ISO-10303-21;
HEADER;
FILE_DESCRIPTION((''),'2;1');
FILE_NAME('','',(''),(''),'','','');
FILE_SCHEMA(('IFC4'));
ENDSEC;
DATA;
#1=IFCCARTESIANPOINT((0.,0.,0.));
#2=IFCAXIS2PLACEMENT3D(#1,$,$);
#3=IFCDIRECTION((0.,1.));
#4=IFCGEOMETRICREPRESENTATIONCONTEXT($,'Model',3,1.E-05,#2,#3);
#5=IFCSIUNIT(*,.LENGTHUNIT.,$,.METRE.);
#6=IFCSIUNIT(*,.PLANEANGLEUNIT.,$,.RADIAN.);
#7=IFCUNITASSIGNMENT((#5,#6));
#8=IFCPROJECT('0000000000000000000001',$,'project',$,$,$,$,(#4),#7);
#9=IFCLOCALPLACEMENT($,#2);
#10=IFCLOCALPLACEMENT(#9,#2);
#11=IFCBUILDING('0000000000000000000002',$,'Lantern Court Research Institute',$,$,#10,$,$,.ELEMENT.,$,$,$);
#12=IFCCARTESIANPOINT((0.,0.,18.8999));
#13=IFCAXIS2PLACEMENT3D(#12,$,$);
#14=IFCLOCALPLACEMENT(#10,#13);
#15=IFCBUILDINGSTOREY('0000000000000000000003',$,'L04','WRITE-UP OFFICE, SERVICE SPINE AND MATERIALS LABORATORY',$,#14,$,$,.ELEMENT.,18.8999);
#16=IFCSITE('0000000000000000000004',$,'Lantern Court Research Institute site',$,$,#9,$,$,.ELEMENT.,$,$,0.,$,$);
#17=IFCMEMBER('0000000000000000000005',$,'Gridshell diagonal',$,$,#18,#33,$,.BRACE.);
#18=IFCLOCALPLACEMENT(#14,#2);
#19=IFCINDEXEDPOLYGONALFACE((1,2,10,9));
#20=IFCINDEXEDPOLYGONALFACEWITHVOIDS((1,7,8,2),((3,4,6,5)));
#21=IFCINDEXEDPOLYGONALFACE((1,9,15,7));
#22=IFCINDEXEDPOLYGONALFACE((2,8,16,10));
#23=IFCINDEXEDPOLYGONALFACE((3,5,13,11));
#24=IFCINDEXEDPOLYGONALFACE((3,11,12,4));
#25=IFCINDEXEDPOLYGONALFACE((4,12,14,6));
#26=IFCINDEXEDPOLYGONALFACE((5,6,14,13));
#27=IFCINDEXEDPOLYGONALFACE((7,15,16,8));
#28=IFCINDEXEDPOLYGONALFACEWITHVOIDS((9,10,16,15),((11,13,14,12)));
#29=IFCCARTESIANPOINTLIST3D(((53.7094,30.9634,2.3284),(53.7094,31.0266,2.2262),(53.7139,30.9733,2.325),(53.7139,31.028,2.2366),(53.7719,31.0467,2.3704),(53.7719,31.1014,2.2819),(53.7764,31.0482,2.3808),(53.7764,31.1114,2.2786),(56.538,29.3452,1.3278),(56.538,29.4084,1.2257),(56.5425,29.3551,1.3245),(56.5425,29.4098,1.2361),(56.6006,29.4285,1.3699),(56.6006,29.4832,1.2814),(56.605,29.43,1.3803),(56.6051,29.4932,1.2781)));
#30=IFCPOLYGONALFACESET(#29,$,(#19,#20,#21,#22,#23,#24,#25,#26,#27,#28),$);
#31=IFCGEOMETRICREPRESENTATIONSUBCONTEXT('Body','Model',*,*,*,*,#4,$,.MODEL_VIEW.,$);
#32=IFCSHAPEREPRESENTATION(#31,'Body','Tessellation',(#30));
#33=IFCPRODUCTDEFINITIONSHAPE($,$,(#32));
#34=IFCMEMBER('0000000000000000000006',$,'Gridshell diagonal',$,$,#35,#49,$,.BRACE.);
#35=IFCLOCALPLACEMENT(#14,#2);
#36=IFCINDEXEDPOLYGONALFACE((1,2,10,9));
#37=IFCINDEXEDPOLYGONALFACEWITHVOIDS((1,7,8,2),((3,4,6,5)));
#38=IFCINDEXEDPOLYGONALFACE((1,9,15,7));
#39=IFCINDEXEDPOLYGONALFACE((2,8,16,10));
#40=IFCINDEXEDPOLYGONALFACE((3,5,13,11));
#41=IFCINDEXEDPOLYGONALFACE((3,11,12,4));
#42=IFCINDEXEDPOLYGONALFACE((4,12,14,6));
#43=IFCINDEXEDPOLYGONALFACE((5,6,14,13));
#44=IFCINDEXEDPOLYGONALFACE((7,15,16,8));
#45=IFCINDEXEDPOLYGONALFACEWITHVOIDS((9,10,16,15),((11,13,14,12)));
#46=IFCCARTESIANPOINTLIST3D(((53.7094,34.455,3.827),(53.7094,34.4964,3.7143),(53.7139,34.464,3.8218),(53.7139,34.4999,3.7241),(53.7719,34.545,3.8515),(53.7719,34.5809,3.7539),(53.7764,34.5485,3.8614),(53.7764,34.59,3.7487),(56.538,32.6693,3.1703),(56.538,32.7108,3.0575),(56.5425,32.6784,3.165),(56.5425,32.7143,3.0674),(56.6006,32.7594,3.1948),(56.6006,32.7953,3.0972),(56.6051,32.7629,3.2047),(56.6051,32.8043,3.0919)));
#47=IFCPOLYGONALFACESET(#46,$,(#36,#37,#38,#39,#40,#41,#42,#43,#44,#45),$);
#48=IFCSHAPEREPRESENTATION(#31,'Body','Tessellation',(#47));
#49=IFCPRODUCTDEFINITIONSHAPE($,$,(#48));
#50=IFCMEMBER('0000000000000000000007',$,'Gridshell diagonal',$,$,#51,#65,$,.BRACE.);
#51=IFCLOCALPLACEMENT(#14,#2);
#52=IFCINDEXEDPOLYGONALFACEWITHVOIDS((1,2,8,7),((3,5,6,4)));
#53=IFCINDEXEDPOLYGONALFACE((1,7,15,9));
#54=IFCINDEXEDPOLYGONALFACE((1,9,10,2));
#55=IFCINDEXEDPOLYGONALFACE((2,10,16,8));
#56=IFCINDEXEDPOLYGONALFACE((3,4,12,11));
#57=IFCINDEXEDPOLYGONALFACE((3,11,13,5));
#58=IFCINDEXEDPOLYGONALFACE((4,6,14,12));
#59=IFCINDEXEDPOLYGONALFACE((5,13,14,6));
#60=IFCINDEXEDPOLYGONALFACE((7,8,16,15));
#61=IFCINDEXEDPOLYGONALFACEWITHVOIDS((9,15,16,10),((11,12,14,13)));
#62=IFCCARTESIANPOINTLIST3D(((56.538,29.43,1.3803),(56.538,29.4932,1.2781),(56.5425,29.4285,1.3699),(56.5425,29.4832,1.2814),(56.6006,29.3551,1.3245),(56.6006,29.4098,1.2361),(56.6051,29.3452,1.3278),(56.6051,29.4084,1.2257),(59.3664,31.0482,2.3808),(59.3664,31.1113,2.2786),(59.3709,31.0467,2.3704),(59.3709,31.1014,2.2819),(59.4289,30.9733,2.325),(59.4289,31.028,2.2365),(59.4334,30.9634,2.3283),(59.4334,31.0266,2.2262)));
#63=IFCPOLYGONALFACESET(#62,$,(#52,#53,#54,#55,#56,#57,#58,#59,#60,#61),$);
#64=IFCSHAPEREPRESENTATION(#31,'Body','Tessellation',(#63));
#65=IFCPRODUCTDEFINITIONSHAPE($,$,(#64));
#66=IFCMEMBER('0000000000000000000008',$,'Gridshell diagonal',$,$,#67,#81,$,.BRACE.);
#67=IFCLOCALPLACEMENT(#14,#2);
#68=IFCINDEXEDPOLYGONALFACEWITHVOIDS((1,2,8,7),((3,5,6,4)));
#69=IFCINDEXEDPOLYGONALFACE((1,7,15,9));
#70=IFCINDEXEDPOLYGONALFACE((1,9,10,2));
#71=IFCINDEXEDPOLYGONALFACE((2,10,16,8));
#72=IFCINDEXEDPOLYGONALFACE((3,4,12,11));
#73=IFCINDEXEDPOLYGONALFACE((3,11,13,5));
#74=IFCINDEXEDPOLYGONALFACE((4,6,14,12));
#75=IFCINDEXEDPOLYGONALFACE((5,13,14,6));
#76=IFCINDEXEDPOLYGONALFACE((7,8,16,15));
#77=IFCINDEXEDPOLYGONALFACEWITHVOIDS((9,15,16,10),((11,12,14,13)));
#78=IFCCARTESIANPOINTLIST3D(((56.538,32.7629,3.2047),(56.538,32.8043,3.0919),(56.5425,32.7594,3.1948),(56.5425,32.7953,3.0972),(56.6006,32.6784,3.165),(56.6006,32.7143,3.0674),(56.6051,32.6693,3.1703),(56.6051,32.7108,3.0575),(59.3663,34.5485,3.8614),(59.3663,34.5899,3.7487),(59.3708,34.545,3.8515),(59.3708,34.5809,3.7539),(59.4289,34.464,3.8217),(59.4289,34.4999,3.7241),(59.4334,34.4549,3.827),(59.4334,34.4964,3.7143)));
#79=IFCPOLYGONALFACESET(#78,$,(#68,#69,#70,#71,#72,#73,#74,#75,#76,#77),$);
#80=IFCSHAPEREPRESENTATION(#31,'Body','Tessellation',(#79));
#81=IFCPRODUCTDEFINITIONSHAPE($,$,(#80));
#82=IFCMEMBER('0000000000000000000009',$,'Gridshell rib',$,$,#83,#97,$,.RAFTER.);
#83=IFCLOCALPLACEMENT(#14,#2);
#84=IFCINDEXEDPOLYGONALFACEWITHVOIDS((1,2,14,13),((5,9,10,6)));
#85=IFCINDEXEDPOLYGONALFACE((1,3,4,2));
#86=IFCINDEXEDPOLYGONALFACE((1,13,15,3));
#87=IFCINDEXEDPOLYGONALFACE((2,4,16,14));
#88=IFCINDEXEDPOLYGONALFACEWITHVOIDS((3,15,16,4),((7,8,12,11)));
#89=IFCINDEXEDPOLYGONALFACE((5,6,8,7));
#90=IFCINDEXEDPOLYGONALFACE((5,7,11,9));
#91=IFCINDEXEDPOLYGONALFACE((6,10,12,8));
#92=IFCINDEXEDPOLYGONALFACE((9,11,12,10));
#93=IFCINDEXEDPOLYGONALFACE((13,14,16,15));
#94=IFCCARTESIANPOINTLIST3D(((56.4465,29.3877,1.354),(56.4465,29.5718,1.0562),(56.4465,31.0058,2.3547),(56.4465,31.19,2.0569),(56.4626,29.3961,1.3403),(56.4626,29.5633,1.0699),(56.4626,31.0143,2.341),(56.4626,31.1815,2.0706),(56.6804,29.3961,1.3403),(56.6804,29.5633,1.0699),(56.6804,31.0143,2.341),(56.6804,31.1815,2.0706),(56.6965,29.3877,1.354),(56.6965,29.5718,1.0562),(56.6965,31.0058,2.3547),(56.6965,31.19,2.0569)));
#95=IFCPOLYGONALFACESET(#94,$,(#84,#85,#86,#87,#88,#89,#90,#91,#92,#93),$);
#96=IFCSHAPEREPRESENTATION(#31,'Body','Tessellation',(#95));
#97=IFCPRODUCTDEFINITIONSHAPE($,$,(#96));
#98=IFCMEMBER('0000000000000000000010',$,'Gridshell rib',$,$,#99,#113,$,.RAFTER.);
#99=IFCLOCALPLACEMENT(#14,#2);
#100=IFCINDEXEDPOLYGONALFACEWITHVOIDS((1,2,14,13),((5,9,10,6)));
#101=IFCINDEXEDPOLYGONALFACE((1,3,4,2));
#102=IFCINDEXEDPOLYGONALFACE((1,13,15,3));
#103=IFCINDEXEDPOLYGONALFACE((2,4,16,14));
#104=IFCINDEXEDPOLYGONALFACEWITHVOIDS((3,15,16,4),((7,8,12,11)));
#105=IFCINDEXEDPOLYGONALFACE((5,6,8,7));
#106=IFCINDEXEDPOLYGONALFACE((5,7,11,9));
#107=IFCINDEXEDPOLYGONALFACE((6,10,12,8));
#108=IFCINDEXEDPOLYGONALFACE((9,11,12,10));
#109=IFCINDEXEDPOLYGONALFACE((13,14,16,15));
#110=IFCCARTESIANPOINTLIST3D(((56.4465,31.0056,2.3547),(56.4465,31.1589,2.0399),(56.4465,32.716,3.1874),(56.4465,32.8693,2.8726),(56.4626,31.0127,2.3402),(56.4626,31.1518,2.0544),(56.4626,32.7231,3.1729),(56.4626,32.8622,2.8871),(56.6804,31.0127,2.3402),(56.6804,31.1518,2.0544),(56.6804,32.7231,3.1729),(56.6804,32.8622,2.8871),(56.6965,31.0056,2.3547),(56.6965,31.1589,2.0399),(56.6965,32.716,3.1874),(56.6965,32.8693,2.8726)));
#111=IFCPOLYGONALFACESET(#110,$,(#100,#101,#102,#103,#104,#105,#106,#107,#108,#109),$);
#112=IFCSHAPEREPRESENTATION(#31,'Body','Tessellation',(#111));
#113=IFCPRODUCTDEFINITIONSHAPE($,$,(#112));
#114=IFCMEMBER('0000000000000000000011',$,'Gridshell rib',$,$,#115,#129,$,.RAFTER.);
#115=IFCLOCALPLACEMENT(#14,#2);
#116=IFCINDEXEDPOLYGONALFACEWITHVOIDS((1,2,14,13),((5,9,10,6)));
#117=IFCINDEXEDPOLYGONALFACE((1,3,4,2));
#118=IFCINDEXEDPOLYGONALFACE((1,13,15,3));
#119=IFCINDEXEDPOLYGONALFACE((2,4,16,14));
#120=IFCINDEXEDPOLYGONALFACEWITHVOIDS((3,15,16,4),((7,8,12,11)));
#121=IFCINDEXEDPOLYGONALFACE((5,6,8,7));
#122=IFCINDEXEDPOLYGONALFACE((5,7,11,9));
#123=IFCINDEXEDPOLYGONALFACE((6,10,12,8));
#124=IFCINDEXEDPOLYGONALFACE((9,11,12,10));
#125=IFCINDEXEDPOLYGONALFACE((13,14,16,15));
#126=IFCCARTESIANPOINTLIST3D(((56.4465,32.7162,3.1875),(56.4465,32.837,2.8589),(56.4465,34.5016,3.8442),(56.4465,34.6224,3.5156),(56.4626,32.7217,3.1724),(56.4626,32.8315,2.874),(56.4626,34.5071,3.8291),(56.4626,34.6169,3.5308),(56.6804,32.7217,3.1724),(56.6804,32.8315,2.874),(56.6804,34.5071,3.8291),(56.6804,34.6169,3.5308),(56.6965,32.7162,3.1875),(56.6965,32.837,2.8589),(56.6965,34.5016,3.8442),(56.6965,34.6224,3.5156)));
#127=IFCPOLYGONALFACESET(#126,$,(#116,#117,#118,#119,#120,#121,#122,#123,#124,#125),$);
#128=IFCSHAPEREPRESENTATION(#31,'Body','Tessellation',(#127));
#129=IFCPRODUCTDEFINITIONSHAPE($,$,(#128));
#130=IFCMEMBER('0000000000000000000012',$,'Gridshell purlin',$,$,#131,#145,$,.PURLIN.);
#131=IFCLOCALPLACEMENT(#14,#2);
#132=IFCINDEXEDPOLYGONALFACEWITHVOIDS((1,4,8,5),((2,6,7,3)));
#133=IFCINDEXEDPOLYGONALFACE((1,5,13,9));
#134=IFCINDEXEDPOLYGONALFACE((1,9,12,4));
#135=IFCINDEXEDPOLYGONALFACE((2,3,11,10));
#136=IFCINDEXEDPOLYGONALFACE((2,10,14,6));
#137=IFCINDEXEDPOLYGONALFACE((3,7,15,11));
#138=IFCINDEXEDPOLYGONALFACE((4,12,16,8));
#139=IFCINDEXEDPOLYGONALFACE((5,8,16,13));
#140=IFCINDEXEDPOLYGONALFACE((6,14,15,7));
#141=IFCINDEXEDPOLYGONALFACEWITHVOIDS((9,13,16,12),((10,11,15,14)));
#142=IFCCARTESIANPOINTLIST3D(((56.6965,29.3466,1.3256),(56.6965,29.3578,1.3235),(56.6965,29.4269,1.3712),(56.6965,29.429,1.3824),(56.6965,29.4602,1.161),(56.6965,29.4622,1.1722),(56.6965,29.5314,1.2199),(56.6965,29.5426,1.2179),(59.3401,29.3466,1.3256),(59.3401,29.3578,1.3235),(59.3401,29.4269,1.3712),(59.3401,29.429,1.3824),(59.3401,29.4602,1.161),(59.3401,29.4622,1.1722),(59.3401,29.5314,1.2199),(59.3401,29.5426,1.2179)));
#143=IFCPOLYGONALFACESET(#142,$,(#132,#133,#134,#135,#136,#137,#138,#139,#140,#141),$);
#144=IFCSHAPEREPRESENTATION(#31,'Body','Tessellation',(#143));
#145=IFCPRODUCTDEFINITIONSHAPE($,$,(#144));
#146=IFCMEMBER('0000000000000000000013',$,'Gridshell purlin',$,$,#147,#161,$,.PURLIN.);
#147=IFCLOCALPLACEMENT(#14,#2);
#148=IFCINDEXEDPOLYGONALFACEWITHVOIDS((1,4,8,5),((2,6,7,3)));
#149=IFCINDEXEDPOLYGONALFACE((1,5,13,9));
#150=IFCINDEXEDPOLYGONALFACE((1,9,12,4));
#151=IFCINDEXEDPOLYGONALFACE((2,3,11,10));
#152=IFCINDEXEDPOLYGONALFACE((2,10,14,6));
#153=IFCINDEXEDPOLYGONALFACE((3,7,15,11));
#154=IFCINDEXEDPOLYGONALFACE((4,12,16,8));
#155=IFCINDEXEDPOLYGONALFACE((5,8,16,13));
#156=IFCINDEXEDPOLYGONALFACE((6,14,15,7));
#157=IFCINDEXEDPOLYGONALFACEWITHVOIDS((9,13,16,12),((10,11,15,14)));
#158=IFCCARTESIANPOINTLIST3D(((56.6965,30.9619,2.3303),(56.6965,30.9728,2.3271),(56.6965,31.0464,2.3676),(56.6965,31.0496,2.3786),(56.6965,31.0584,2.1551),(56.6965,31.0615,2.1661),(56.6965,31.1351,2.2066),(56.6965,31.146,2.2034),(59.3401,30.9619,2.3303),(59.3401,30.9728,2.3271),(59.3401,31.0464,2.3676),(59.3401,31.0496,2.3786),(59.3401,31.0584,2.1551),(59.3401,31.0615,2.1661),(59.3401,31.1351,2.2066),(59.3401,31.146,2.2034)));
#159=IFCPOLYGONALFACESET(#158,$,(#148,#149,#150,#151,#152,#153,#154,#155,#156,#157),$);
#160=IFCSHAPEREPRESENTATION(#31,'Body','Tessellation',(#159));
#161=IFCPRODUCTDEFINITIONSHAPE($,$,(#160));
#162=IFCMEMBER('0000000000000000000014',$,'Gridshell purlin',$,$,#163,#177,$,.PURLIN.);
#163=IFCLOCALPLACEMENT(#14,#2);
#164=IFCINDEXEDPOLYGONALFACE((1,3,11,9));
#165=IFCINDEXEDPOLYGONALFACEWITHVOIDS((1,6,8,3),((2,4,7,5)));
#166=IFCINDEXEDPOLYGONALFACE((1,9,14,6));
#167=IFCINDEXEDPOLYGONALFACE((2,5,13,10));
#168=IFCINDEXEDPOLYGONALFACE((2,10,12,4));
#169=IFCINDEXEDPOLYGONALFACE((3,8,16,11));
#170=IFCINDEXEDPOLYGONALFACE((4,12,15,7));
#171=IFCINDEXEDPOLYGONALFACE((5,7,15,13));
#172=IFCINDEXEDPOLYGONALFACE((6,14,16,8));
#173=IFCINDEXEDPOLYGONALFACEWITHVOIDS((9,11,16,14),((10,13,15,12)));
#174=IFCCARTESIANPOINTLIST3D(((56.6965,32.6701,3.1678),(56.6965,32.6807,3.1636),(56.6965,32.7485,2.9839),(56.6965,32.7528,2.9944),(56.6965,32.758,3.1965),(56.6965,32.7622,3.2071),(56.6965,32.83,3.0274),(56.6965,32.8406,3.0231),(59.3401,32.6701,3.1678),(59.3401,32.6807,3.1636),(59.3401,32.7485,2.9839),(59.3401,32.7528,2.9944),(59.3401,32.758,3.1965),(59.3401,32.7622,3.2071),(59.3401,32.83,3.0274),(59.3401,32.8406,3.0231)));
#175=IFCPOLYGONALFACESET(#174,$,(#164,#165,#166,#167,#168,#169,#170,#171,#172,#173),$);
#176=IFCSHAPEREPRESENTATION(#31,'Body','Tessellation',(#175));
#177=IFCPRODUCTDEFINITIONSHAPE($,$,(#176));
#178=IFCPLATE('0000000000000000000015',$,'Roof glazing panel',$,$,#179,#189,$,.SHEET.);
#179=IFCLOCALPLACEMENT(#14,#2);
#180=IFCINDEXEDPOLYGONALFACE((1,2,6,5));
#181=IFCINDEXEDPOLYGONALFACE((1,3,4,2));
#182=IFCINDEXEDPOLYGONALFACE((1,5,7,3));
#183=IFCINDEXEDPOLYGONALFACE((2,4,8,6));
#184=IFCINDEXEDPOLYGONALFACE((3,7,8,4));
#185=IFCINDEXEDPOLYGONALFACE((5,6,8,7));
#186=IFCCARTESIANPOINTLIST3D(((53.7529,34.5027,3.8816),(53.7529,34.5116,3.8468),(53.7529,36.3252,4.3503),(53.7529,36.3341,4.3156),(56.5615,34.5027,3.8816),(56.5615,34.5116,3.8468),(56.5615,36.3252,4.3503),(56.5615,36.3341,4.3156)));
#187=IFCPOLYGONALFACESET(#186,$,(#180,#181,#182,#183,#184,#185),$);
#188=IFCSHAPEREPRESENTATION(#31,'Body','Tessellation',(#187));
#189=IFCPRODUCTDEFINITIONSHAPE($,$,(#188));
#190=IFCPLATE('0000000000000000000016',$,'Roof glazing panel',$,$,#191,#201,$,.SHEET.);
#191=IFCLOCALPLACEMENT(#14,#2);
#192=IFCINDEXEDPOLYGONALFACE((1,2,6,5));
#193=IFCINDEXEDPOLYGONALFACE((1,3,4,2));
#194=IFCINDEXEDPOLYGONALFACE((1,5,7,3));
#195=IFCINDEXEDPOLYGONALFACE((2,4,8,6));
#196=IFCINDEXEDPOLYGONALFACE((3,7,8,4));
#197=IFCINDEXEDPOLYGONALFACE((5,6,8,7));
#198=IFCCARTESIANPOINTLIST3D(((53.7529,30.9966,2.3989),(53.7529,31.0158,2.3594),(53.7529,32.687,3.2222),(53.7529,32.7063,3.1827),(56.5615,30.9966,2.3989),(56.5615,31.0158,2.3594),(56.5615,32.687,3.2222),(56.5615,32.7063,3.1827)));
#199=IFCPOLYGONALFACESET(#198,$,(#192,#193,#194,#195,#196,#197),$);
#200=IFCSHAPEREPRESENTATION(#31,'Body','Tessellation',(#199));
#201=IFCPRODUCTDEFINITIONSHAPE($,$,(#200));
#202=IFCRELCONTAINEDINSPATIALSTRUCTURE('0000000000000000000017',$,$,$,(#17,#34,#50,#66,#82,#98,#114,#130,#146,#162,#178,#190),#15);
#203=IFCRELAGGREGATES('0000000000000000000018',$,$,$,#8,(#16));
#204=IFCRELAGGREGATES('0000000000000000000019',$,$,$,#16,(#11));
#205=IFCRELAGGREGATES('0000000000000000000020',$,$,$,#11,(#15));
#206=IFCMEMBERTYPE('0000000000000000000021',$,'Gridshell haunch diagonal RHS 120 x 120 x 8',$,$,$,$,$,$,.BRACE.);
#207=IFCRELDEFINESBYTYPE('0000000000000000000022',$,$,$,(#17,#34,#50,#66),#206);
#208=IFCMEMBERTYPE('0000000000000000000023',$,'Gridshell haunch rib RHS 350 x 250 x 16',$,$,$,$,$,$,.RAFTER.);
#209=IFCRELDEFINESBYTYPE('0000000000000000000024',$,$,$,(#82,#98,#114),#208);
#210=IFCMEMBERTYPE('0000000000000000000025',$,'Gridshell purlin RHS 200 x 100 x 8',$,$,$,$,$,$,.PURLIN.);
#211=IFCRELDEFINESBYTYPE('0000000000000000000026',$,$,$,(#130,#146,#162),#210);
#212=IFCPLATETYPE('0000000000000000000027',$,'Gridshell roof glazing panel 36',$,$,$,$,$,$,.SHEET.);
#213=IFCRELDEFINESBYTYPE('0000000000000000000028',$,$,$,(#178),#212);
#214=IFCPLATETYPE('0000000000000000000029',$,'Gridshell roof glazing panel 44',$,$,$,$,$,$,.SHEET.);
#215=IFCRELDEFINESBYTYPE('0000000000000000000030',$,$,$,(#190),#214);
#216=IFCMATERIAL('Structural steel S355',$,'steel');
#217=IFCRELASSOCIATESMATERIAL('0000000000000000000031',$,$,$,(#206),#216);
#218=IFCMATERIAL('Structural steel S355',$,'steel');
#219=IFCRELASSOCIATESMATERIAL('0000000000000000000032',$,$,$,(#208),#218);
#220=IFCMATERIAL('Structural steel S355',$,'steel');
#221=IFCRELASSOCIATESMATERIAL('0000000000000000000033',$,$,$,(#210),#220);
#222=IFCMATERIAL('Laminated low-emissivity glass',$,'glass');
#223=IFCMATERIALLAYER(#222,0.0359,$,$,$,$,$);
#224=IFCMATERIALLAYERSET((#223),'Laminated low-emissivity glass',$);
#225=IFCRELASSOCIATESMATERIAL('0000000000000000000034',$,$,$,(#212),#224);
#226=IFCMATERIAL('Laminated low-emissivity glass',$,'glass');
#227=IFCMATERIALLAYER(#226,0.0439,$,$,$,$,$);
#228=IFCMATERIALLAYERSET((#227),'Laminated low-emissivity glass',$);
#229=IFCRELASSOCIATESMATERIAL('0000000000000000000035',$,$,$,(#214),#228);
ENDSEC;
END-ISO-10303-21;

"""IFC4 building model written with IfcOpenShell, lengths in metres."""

from ifc_helpers import new_model, si_unit, direction, frame, origin, origin_2d, place, context, subcontext, project, spatial, polyline, hollow_rectangle, outline, extrude, material, layer, layer_set, material_profile, profile_set, type_object, element, save


model = new_model("IFC4")

# Units and contexts
model_context = context("Model", 3, precision=1e-05, world=origin(), true_north=direction((0.0, 1.0)))
body_context = subcontext(model_context, "Body", "Model", "MODEL_VIEW")
ifc_project = project(units=[si_unit("LENGTHUNIT", "METRE"), si_unit("PLANEANGLEUNIT", "RADIAN")], contexts=[model_context])

# Site, building, storey
site_placement = place(None, origin())
site = spatial("IfcSite", under=ifc_project, at=site_placement, Name="Lantern Court Research Institute site", CompositionType="ELEMENT", RefElevation=0.0)
building_placement = place(site_placement, origin())
building = spatial("IfcBuilding", under=site, at=building_placement, Name="Lantern Court Research Institute", CompositionType="ELEMENT")
storey_placement = place(building_placement, frame((0.0, 0.0, 18.8999)))
storey = spatial("IfcBuildingStorey", under=building, at=storey_placement, Name="L04", Description="WRITE-UP OFFICE, SERVICE SPINE AND MATERIALS LABORATORY", CompositionType="ELEMENT", Elevation=18.8999)

# Members
ifc_material_1 = material(Name="Structural steel S355", Category="steel")
ifc_material_profile_1 = material_profile(ifc_material_1, hollow_rectangle(XDim=0.1201, YDim=0.1201, WallThickness=0.0081, at=origin_2d()), Name="Gridshell haunch diagonal RHS 120 x 120 x 8")
ifc_profile_set_1 = profile_set([ifc_material_profile_1], Name="Structural steel S355")
member_type_1 = type_object("IfcMemberType", Name="Gridshell haunch diagonal RHS 120 x 120 x 8", PredefinedType="BRACE", material=ifc_profile_set_1)
for number, where, z_axis, x_axis, name in (
    (1, (56.5715, 29.4192, 1.303), (-0.829777, 0.47469, 0.293494), (-0.558095, -0.705724, -0.436444), "Gridshell diagonal"),
    (2, (56.5715, 32.7368, 3.1311), (-0.829763, 0.523812, 0.192652), (-0.558116, -0.778754, -0.28644), "Gridshell diagonal"),
):
    element("IfcMember", number, at=place(storey_placement, frame(where, z_axis=z_axis, x_axis=x_axis)), inside=storey, type_object=member_type_1, Name=name, PredefinedType="BRACE", context=body_context, shape_type="SweptSolid", body=[
        extrude(hollow_rectangle(XDim=0.1201, YDim=0.1201, WallThickness=0.0081, at=origin_2d()), origin(), (0.0, 0.0, 1.0), 3.4089),
    ])
for number, where, z_axis, x_axis, name in (
    (3, (56.5715, 29.4192, 1.303), (0.829755, 0.474719, 0.293512), (-0.558128, 0.705699, 0.436442), "Gridshell diagonal"),
    (4, (56.5715, 32.7368, 3.1311), (0.829741, 0.523843, 0.192663), (-0.558149, 0.778731, 0.28644), "Gridshell diagonal"),
):
    element("IfcMember", number, at=place(storey_placement, frame(where, z_axis=z_axis, x_axis=x_axis)), inside=storey, type_object=member_type_1, Name=name, PredefinedType="BRACE", context=body_context, shape_type="SweptSolid", body=[
        extrude(hollow_rectangle(XDim=0.1201, YDim=0.1201, WallThickness=0.0081, at=origin_2d()), origin(), (0.0, 0.0, 1.0), 3.4087),
    ])
ifc_material_2 = material(Name="Structural steel S355", Category="steel")
ifc_material_profile_2 = material_profile(ifc_material_2, hollow_rectangle(XDim=0.25, YDim=0.3501, WallThickness=0.0161, at=origin_2d()), Name="Gridshell haunch rib RHS 350 x 250 x 16")
ifc_profile_set_2 = profile_set([ifc_material_profile_2], Name="Structural steel S355")
member_type_2 = type_object("IfcMemberType", Name="Gridshell haunch rib RHS 350 x 250 x 16", PredefinedType="RAFTER", material=ifc_profile_set_2)
member_placement = place(storey_placement, frame((56.5715, 29.4797, 1.2051), z_axis=(0.0, 0.850498, 0.525979), x_axis=(-1.0, 0.0, 0.0)))
element("IfcMember", 5, at=member_placement, inside=storey, type_object=member_type_2, Name="Gridshell rib", PredefinedType="RAFTER", context=body_context, shape_type="SweptSolid", body=[
    extrude(hollow_rectangle(XDim=0.25, YDim=0.3501, WallThickness=0.0161, at=origin_2d()), origin(), (0.0, 0.0, 1.0), 1.9026),
])
for number, where, z_axis, x_axis, name in (
    (6, (56.5715, 31.0823, 2.1973), (0.0, 0.8991, 0.437743), (-1.0, 0.0, 0.0), "Gridshell rib"),
    (7, (56.5715, 32.7766, 3.0232), (0.0, 0.93852, 0.345224), (-1.0, 0.0, 0.0), "Gridshell rib"),
):
    element("IfcMember", number, at=place(storey_placement, frame(where, z_axis=z_axis, x_axis=x_axis)), inside=storey, type_object=member_type_2, Name=name, PredefinedType="RAFTER", context=body_context, shape_type="SweptSolid", body=[
        extrude(hollow_rectangle(XDim=0.25, YDim=0.3501, WallThickness=0.0161, at=origin_2d()), origin(), (0.0, 0.0, 1.0), 1.9023),
    ])
ifc_material_3 = material(Name="Structural steel S355", Category="steel")
ifc_material_profile_3 = material_profile(ifc_material_3, hollow_rectangle(XDim=0.1001, YDim=0.2, WallThickness=0.0081, at=origin_2d()), Name="Gridshell purlin RHS 200 x 100 x 8")
ifc_profile_set_3 = profile_set([ifc_material_profile_3], Name="Structural steel S355")
member_type_3 = type_object("IfcMemberType", Name="Gridshell purlin RHS 200 x 100 x 8", PredefinedType="PURLIN", material=ifc_profile_set_3)
for number, where, z_axis, x_axis, name in (
    (8, (56.6965, 29.4446, 1.2717), (1.0, 0.0, 0.0), (0.0, 0.822954, 0.568108), "Gridshell purlin"),
    (9, (56.6965, 31.054, 2.2668), (1.0, 0.0, 0.0), (0.0, 0.875897, 0.482497), "Gridshell purlin"),
    (10, (56.6965, 32.7554, 3.0955), (1.0, 0.0, 0.0), (0.0, 0.919966, 0.391999), "Gridshell purlin"),
):
    element("IfcMember", number, at=place(storey_placement, frame(where, z_axis=z_axis, x_axis=x_axis)), inside=storey, type_object=member_type_3, Name=name, PredefinedType="PURLIN", context=body_context, shape_type="SweptSolid", body=[
        extrude(hollow_rectangle(XDim=0.1001, YDim=0.2, WallThickness=0.0081, at=origin_2d()), origin(), (0.0, 0.0, 1.0), 2.6436),
    ])

# Plates
ifc_material_4 = material(Name="Laminated low-emissivity glass", Category="glass")
ifc_layer_1 = layer(ifc_material_4, 0.0359)
ifc_layer_set_1 = layer_set([ifc_layer_1], Name="Laminated low-emissivity glass")
plate_type_1 = type_object("IfcPlateType", Name="Gridshell roof glazing panel 36", PredefinedType="SHEET", material=ifc_layer_set_1)
plate_1_placement = place(storey_placement, frame((56.5615, 34.5027, 3.8816), z_axis=(0.0, -0.249093, 0.96848), x_axis=(-1.0, 0.0, 0.0)))
element("IfcPlate", 11, at=plate_1_placement, inside=storey, type_object=plate_type_1, Name="Roof glazing panel", PredefinedType="SHEET", context=body_context, shape_type="SweptSolid", body=[
    extrude(outline(polyline([(0.0, 0.0), (2.8086, 0.0), (2.8086, -1.8818), (0.0, -1.8818), (0.0, 0.0)])), origin(), (0.0, 0.0, -1.0), 0.0359),
])
ifc_material_5 = material(Name="Laminated low-emissivity glass", Category="glass")
ifc_layer_2 = layer(ifc_material_5, 0.0439)
ifc_layer_set_2 = layer_set([ifc_layer_2], Name="Laminated low-emissivity glass")
plate_type_2 = type_object("IfcPlateType", Name="Gridshell roof glazing panel 44", PredefinedType="SHEET", material=ifc_layer_set_2)
plate_2_placement = place(storey_placement, frame((56.5615, 30.9966, 2.3989), z_axis=(0.0, -0.43784, 0.899053), x_axis=(-1.0, 0.0, 0.0)))
element("IfcPlate", 12, at=plate_2_placement, inside=storey, type_object=plate_type_2, Name="Roof glazing panel", PredefinedType="SHEET", context=body_context, shape_type="SweptSolid", body=[
    extrude(outline(polyline([(0.0, 0.0), (2.8086, 0.0), (2.8086, -1.8802), (0.0, -1.8802), (0.0, 0.0)])), origin(), (0.0, 0.0, -1.0), 0.0439),
])

save(model, "model.ifc")
